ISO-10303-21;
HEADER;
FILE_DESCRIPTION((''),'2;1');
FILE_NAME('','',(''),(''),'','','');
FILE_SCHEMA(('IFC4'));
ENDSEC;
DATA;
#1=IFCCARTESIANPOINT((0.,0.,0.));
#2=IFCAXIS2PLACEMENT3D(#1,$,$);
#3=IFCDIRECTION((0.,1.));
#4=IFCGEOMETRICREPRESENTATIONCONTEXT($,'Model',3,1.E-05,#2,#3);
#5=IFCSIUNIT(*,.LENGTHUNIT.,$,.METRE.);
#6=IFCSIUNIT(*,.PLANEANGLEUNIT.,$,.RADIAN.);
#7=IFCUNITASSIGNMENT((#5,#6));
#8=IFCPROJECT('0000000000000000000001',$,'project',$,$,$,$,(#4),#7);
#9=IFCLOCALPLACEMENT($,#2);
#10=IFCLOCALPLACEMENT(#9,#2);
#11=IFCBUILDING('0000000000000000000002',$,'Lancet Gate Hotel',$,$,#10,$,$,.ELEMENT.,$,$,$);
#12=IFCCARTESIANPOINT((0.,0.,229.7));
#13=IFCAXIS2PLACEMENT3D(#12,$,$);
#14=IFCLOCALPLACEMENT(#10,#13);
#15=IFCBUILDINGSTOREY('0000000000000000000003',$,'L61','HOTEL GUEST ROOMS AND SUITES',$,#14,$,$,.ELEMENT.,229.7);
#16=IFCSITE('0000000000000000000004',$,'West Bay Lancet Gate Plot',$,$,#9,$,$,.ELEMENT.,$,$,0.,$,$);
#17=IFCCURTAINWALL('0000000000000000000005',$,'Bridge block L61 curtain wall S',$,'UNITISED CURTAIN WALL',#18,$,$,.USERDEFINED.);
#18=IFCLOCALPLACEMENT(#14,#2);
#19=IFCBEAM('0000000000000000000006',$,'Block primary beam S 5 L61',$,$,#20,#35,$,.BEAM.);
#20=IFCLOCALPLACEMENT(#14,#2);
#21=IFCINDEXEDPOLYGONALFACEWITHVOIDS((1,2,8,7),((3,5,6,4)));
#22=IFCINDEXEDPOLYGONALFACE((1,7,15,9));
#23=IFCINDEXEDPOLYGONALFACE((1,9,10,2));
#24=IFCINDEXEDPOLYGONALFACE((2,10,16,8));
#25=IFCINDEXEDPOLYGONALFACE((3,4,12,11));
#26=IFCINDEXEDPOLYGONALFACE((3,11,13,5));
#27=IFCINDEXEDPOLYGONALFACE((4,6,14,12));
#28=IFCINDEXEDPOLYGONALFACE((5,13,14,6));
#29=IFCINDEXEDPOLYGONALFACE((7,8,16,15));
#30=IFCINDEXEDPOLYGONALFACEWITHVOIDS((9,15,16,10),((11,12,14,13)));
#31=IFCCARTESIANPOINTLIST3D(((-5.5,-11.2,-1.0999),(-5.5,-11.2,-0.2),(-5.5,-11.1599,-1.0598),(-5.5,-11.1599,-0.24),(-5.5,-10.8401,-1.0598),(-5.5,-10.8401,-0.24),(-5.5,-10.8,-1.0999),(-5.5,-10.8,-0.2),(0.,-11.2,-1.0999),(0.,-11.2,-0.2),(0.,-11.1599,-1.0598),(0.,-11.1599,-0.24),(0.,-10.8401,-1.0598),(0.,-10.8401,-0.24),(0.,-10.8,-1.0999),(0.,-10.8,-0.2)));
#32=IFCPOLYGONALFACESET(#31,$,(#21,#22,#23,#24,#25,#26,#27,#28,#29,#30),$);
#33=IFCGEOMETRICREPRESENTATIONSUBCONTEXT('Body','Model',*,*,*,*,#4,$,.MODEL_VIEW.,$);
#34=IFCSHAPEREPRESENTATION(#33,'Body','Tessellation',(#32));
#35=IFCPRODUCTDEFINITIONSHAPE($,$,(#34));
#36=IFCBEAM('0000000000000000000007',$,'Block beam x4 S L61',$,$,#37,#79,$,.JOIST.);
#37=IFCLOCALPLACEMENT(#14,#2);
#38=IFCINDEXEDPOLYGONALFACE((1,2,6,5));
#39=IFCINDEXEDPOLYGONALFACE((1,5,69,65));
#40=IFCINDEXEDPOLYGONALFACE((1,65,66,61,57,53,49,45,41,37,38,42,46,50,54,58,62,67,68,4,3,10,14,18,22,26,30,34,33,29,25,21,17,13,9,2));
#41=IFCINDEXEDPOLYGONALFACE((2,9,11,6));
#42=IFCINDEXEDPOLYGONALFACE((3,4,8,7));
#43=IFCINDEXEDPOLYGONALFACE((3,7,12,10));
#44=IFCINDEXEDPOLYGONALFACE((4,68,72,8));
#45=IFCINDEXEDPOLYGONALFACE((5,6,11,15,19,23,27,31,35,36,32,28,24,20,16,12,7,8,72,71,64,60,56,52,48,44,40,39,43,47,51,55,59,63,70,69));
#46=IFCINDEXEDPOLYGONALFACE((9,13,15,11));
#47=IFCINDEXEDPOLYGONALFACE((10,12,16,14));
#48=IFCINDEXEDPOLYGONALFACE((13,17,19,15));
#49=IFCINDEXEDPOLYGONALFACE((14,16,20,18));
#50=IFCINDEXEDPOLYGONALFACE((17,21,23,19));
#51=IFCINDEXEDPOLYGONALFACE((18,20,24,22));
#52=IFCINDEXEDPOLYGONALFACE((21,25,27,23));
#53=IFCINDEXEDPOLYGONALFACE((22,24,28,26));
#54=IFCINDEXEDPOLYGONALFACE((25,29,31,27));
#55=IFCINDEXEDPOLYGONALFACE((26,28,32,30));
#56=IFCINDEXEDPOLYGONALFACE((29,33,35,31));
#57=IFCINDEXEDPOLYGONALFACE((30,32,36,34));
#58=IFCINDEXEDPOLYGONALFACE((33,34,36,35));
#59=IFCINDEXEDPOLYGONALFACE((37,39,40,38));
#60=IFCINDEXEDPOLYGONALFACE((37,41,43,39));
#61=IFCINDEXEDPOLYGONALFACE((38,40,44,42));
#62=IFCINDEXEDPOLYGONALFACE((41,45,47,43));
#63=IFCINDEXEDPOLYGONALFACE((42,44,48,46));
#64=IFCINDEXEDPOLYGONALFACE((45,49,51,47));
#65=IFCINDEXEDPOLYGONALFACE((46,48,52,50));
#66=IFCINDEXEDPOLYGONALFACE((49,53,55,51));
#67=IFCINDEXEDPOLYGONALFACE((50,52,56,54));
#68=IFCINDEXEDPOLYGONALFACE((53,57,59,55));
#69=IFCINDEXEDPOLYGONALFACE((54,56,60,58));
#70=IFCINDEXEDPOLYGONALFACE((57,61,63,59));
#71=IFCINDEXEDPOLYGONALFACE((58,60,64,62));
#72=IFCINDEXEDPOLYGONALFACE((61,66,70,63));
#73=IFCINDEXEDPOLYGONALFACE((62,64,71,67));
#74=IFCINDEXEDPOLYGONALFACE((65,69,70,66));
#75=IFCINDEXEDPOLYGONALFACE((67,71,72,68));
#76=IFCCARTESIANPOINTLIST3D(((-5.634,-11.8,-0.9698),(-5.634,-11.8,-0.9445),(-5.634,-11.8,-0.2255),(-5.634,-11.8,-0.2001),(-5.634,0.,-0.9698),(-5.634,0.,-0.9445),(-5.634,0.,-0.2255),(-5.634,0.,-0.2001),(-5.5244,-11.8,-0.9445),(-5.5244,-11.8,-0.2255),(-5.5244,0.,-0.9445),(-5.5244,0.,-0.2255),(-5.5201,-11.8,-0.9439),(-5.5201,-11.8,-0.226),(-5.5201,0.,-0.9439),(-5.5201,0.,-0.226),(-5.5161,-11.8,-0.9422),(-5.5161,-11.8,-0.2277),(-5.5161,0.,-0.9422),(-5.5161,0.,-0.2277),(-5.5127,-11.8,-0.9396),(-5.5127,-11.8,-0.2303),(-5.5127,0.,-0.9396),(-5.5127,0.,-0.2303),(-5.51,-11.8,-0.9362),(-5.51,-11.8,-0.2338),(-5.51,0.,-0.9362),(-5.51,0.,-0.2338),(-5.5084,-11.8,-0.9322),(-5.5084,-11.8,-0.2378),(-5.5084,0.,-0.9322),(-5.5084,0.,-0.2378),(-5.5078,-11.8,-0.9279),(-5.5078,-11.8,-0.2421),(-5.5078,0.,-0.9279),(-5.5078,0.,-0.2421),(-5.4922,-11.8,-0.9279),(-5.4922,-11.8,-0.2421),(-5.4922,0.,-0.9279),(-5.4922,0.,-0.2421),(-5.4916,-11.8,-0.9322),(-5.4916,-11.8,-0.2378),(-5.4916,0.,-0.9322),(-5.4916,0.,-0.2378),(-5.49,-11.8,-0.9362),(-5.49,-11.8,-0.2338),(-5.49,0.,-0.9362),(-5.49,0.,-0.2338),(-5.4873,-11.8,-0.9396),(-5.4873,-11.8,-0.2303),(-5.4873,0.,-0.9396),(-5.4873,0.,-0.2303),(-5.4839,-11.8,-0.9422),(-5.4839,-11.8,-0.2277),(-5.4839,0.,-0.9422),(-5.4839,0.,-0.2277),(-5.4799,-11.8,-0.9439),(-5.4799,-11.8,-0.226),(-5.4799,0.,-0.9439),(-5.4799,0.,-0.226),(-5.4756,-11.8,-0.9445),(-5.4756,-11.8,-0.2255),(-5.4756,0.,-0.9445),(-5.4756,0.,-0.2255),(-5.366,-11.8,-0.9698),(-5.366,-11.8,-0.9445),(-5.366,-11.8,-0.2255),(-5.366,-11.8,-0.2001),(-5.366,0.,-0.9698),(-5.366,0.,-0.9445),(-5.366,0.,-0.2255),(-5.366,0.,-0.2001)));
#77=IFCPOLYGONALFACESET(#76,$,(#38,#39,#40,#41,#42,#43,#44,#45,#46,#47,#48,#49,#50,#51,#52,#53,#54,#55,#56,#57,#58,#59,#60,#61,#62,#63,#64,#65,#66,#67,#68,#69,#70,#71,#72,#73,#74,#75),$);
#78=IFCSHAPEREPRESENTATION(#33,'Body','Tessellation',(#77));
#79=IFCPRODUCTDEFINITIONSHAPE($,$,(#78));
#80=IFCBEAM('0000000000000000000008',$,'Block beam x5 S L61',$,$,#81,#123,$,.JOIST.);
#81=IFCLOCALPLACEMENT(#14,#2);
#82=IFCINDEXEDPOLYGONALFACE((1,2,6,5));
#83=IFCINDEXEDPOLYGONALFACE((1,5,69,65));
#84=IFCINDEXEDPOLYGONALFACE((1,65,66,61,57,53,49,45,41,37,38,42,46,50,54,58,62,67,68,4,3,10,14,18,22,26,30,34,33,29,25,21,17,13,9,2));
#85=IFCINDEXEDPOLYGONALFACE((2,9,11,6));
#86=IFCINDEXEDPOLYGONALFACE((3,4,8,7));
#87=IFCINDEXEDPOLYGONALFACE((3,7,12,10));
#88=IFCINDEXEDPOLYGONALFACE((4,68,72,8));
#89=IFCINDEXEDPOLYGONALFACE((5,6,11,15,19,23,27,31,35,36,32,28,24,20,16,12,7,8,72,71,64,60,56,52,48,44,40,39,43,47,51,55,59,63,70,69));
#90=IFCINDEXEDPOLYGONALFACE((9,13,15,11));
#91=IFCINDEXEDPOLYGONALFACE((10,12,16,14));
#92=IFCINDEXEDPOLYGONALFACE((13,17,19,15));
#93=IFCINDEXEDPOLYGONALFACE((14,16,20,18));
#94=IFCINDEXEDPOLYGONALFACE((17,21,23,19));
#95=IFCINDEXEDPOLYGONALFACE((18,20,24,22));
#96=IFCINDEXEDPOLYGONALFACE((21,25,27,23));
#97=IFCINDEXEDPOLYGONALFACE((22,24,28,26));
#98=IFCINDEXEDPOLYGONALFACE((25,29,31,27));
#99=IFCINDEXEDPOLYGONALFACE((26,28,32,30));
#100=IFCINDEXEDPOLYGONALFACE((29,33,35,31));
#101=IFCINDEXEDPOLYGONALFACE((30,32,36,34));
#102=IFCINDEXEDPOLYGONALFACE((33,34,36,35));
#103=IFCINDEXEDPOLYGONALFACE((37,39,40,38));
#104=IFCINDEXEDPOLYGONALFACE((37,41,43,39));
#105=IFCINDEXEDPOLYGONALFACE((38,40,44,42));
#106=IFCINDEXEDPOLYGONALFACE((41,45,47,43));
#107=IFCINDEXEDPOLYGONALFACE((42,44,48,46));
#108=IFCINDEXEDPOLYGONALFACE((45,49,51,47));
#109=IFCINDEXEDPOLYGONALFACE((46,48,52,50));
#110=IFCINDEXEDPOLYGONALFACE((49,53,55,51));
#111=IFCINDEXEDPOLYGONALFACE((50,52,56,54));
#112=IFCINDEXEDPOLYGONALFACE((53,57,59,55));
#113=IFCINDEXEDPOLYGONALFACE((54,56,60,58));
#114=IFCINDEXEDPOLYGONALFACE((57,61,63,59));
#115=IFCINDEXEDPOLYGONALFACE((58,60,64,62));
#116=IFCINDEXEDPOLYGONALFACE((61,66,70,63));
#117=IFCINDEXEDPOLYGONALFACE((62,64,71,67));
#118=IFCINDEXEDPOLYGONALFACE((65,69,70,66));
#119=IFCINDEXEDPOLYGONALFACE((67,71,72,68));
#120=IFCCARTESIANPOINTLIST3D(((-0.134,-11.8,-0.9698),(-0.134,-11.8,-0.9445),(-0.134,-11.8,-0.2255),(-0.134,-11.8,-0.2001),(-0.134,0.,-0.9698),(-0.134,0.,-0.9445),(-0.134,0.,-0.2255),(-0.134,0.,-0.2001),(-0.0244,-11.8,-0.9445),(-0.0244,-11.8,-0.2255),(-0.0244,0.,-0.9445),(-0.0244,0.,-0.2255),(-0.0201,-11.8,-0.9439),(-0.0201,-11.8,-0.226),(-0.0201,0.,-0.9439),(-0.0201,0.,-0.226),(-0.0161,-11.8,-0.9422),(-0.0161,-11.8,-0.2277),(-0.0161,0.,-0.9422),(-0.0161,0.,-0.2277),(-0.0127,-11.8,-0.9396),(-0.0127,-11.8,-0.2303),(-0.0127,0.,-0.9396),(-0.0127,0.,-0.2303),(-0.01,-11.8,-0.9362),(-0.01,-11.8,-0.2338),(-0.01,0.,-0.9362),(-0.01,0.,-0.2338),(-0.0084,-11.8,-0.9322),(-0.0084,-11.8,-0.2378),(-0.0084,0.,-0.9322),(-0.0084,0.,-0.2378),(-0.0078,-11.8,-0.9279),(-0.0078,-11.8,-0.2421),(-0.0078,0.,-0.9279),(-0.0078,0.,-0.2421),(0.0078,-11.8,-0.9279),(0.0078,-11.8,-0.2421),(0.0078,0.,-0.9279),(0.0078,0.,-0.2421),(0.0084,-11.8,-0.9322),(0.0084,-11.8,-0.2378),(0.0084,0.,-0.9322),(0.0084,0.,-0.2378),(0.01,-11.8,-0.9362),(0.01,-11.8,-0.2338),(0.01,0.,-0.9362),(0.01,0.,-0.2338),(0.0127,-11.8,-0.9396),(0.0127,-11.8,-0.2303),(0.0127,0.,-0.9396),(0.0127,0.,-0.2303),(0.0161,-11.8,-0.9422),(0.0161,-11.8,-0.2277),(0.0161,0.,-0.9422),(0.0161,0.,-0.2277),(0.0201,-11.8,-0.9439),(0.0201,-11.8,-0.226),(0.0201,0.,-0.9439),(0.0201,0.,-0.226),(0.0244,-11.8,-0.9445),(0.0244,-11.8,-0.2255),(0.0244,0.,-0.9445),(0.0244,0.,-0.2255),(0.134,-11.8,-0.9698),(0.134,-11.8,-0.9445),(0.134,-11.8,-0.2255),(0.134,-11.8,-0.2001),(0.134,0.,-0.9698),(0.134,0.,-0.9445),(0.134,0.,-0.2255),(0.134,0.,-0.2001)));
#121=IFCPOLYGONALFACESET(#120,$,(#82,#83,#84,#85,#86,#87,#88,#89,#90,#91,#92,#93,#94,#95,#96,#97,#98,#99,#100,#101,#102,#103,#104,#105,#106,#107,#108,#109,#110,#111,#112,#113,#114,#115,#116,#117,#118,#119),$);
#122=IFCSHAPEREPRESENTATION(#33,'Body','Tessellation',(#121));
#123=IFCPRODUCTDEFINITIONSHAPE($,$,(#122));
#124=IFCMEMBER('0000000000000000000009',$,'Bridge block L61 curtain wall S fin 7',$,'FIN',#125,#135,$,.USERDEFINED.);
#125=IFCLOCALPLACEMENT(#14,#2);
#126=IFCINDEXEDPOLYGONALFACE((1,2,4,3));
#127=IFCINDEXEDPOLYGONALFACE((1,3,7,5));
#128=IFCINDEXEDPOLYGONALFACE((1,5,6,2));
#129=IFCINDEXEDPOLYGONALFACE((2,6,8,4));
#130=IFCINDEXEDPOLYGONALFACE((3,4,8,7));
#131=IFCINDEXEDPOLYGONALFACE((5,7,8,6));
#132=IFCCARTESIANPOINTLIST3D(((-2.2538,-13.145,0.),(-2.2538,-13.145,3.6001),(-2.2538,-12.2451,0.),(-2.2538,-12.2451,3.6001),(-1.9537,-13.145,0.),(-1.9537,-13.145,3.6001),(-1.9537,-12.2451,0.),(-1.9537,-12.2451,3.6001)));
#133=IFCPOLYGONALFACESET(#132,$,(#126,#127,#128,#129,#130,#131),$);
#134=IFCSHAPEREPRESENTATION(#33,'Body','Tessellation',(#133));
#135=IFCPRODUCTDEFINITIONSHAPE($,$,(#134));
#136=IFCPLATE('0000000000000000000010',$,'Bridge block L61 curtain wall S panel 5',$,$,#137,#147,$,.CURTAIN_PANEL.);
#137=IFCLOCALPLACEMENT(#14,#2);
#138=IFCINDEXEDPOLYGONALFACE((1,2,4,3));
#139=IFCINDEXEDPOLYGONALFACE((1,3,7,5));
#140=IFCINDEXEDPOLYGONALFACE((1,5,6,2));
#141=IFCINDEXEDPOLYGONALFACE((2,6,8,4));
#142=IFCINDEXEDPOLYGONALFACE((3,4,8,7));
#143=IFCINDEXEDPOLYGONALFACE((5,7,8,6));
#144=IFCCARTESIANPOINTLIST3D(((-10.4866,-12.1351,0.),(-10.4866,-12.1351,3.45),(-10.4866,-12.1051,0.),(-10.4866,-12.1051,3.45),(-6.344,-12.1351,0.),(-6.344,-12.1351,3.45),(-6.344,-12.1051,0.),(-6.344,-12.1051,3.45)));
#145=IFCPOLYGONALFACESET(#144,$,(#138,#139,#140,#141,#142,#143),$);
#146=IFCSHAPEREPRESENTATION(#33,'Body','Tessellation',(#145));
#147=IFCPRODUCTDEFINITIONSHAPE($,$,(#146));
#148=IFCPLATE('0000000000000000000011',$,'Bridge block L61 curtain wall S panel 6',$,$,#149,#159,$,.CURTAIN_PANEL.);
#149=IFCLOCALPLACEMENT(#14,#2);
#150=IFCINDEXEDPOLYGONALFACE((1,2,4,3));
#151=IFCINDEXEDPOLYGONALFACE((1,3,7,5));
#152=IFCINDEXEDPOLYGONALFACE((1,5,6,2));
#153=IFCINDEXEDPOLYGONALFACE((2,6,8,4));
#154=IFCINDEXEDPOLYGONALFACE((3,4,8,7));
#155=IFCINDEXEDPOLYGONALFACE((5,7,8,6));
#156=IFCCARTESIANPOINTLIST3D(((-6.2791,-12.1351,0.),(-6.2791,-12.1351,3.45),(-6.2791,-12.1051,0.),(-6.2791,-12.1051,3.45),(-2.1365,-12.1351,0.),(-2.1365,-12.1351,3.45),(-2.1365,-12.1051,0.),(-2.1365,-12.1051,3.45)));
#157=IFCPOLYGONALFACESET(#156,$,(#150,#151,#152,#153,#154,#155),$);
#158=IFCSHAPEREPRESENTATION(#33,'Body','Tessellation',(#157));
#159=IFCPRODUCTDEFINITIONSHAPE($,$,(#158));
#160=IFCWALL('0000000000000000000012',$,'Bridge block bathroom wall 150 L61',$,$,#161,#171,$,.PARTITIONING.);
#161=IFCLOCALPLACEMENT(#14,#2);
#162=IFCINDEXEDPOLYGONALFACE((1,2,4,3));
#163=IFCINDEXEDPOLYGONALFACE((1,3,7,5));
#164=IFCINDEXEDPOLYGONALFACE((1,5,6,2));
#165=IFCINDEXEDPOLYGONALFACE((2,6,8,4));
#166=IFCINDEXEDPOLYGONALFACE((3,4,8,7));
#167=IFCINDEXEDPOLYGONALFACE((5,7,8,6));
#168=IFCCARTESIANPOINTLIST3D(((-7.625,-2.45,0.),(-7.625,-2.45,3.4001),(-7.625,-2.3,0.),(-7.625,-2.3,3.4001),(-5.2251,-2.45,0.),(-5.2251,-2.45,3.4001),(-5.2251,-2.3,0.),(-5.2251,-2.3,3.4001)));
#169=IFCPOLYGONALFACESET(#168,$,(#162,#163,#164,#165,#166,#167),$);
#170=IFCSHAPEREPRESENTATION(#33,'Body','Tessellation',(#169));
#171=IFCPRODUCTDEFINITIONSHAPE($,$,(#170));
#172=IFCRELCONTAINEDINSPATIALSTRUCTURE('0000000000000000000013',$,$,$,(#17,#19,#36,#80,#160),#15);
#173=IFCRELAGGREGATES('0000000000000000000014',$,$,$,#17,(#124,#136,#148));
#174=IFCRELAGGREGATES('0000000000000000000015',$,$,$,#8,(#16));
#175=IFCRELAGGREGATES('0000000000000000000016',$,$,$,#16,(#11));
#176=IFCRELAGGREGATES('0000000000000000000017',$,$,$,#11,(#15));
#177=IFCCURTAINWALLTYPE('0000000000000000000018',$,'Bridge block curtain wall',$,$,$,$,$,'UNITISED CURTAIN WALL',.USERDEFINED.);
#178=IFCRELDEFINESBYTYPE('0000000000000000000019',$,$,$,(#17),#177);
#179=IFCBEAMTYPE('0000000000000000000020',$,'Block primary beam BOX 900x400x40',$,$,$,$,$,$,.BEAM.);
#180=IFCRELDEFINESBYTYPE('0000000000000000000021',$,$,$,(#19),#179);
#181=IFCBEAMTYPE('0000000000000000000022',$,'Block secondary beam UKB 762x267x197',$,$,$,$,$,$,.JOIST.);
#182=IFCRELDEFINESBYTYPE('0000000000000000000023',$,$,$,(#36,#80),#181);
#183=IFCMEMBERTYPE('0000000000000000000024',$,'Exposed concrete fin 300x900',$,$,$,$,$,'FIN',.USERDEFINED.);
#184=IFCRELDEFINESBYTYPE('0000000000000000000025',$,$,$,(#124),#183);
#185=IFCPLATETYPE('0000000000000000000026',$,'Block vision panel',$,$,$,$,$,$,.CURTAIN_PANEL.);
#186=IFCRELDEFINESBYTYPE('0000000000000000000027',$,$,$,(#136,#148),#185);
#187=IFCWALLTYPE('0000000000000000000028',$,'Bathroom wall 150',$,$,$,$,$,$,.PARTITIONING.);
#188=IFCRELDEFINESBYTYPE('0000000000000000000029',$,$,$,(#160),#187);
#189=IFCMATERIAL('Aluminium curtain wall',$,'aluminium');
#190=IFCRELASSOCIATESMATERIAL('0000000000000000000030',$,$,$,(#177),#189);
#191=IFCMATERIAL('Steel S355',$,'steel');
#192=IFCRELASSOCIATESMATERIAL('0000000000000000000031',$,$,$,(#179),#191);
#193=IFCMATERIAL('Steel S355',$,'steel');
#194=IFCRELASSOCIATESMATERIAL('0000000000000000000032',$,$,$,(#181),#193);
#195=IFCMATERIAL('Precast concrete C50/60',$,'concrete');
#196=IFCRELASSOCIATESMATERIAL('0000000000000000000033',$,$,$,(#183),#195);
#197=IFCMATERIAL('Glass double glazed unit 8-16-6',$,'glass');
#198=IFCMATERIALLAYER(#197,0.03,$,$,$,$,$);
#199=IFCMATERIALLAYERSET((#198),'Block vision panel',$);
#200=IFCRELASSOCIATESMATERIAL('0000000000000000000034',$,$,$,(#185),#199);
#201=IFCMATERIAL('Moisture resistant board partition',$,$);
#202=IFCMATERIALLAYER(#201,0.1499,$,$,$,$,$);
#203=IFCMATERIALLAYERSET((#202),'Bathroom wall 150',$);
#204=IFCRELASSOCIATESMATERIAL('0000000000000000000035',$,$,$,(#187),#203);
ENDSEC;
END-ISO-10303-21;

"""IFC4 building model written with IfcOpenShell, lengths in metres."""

from ifc_helpers import new_model, si_unit, direction, frame, frame_2d, origin, origin_2d, place, context, subcontext, project, spatial, rectangle, hollow_rectangle, i_section, extrude, material, layer, layer_set, material_profile, profile_set, type_object, element, aggregate, save


model = new_model("IFC4")

# Units and contexts
model_context = context("Model", 3, precision=1e-05, world=origin(), true_north=direction((0.0, 1.0)))
body_context = subcontext(model_context, "Body", "Model", "MODEL_VIEW")
ifc_project = project(units=[si_unit("LENGTHUNIT", "METRE"), si_unit("PLANEANGLEUNIT", "RADIAN")], contexts=[model_context])

# Site, building, storey
site_placement = place(None, origin())
site = spatial("IfcSite", under=ifc_project, at=site_placement, Name="West Bay Lancet Gate Plot", CompositionType="ELEMENT", RefElevation=0.0)
building_placement = place(site_placement, origin())
building = spatial("IfcBuilding", under=site, at=building_placement, Name="Lancet Gate Hotel", CompositionType="ELEMENT")
storey_placement = place(building_placement, frame((0.0, 0.0, 229.7)))
storey = spatial("IfcBuildingStorey", under=building, at=storey_placement, Name="L61", Description="HOTEL GUEST ROOMS AND SUITES", CompositionType="ELEMENT", Elevation=229.7)

# Curtain wall
ifc_material_1 = material(Name="Aluminium curtain wall", Category="aluminium")
curtain_wall_type = type_object("IfcCurtainWallType", Name="Bridge block curtain wall", ElementType="UNITISED CURTAIN WALL", PredefinedType="USERDEFINED", material=ifc_material_1)
curtain_wall_placement = place(storey_placement, origin())
curtain_wall = element("IfcCurtainWall", 1, at=curtain_wall_placement, inside=storey, type_object=curtain_wall_type, Name="Bridge block L61 curtain wall S", ObjectType="UNITISED CURTAIN WALL", PredefinedType="USERDEFINED")

# Beams
ifc_material_2 = material(Name="Steel S355", Category="steel")
ifc_material_profile_1 = material_profile(ifc_material_2, hollow_rectangle(XDim=0.3999, YDim=0.8999, WallThickness=0.04, at=origin_2d()), Name="BOX 900x400x40")
ifc_profile_set_1 = profile_set([ifc_material_profile_1], Name="Steel S355")
beam_type_1 = type_object("IfcBeamType", Name="Block primary beam BOX 900x400x40", PredefinedType="BEAM", material=ifc_profile_set_1)
beam_1_placement = place(storey_placement, frame((-5.5, -11.0, -0.6499), z_axis=(1.0, 0.0, 0.0), x_axis=(0.0, 1.0, 0.0)))
element("IfcBeam", 2, at=beam_1_placement, inside=storey, type_object=beam_type_1, Name="Block primary beam S 5 L61", PredefinedType="BEAM", context=body_context, shape_type="SweptSolid", body=[
    extrude(hollow_rectangle(XDim=0.3999, YDim=0.8999, WallThickness=0.04, at=origin_2d()), origin(), (0.0, 0.0, 1.0), 5.5),
])
ifc_material_3 = material(Name="Steel S355", Category="steel")
ifc_material_profile_2 = material_profile(ifc_material_3, i_section(OverallWidth=0.2681, OverallDepth=0.7698, WebThickness=0.0156, FlangeThickness=0.0254, FilletRadius=0.0166, at=origin_2d()), Name="UKB 762x267x197")
ifc_profile_set_2 = profile_set([ifc_material_profile_2], Name="Steel S355")
beam_type_2 = type_object("IfcBeamType", Name="Block secondary beam UKB 762x267x197", PredefinedType="JOIST", material=ifc_profile_set_2)
for number, where, z_axis, x_axis, name in (
    (3, (-5.5, -11.8, -0.585), (0.0, 1.0, 0.0), (-1.0, 0.0, 0.0), "Block beam x4 S L61"),
    (4, (0.0, -11.8, -0.585), (0.0, 1.0, 0.0), (-1.0, 0.0, 0.0), "Block beam x5 S L61"),
):
    element("IfcBeam", number, at=place(storey_placement, frame(where, z_axis=z_axis, x_axis=x_axis)), inside=storey, type_object=beam_type_2, Name=name, PredefinedType="JOIST", context=body_context, shape_type="SweptSolid", body=[
        extrude(i_section(OverallWidth=0.2681, OverallDepth=0.7698, WebThickness=0.0156, FlangeThickness=0.0254, FilletRadius=0.0166, at=origin_2d()), origin(), (0.0, 0.0, 1.0), 11.8),
    ])

# Member
ifc_material_4 = material(Name="Precast concrete C50/60", Category="concrete")
ifc_material_profile_3 = material_profile(ifc_material_4, rectangle(XDim=0.3, YDim=0.8999, at=origin_2d()), Name="FIN 300x900")
ifc_profile_set_3 = profile_set([ifc_material_profile_3], Name="Precast concrete C50/60")
member_type_1 = type_object("IfcMemberType", Name="Exposed concrete fin 300x900", ElementType="FIN", PredefinedType="USERDEFINED", material=ifc_profile_set_3)
member_1_placement = place(storey_placement, frame((-2.1038, -12.6951, 0.0), z_axis=(0.0, 0.0, 1.0), x_axis=(1.0, 0.0, 0.0)))
member_1 = element("IfcMember", 5, at=member_1_placement, type_object=member_type_1, Name="Bridge block L61 curtain wall S fin 7", ObjectType="FIN", PredefinedType="USERDEFINED", context=body_context, shape_type="SweptSolid", body=[
    extrude(rectangle(XDim=0.3, YDim=0.8999, at=origin_2d()), origin(), (0.0, 0.0, 1.0), 3.6001),
])

# Plates
ifc_material_5 = material(Name="Glass double glazed unit 8-16-6", Category="glass")
ifc_layer_1 = layer(ifc_material_5, 0.03)
ifc_layer_set_1 = layer_set([ifc_layer_1], Name="Block vision panel")
plate_type = type_object("IfcPlateType", Name="Block vision panel", PredefinedType="CURTAIN_PANEL", material=ifc_layer_set_1)
plate_1_placement = place(storey_placement, frame((-8.4153, -12.1201, 0.0), z_axis=(0.0, 0.0, 1.0), x_axis=(1.0, 0.0, 0.0)))
plate_1 = element("IfcPlate", 6, at=plate_1_placement, type_object=plate_type, Name="Bridge block L61 curtain wall S panel 5", PredefinedType="CURTAIN_PANEL", context=body_context, shape_type="SweptSolid", body=[
    extrude(rectangle(XDim=4.1426, YDim=0.03, at=origin_2d()), origin(), (0.0, 0.0, 1.0), 3.45),
])
plate_2_placement = place(storey_placement, frame((-4.2078, -12.1201, 0.0), z_axis=(0.0, 0.0, 1.0), x_axis=(1.0, 0.0, 0.0)))
plate_2 = element("IfcPlate", 7, at=plate_2_placement, type_object=plate_type, Name="Bridge block L61 curtain wall S panel 6", PredefinedType="CURTAIN_PANEL", context=body_context, shape_type="SweptSolid", body=[
    extrude(rectangle(XDim=4.1426, YDim=0.03, at=origin_2d()), origin(), (0.0, 0.0, 1.0), 3.45),
])
aggregate(curtain_wall, [member_1, plate_1, plate_2])

# Wall
ifc_material_6 = material(Name="Moisture resistant board partition")
ifc_layer_2 = layer(ifc_material_6, 0.1499)
ifc_layer_set_2 = layer_set([ifc_layer_2], Name="Bathroom wall 150")
wall_type_1 = type_object("IfcWallType", Name="Bathroom wall 150", PredefinedType="PARTITIONING", material=ifc_layer_set_2)
wall_1_placement = place(storey_placement, frame((-7.625, -2.375, 0.0), z_axis=(0.0, 0.0, 1.0), x_axis=(1.0, 0.0, 0.0)))
element("IfcWall", 8, at=wall_1_placement, inside=storey, type_object=wall_type_1, Name="Bridge block bathroom wall 150 L61", PredefinedType="PARTITIONING", context=body_context, shape_type="SweptSolid", body=[
    extrude(rectangle(XDim=2.3999, YDim=0.1499, at=frame_2d((1.2, 0.0))), origin(), (0.0, 0.0, 1.0), 3.4001),
])

save(model, "model.ifc")
